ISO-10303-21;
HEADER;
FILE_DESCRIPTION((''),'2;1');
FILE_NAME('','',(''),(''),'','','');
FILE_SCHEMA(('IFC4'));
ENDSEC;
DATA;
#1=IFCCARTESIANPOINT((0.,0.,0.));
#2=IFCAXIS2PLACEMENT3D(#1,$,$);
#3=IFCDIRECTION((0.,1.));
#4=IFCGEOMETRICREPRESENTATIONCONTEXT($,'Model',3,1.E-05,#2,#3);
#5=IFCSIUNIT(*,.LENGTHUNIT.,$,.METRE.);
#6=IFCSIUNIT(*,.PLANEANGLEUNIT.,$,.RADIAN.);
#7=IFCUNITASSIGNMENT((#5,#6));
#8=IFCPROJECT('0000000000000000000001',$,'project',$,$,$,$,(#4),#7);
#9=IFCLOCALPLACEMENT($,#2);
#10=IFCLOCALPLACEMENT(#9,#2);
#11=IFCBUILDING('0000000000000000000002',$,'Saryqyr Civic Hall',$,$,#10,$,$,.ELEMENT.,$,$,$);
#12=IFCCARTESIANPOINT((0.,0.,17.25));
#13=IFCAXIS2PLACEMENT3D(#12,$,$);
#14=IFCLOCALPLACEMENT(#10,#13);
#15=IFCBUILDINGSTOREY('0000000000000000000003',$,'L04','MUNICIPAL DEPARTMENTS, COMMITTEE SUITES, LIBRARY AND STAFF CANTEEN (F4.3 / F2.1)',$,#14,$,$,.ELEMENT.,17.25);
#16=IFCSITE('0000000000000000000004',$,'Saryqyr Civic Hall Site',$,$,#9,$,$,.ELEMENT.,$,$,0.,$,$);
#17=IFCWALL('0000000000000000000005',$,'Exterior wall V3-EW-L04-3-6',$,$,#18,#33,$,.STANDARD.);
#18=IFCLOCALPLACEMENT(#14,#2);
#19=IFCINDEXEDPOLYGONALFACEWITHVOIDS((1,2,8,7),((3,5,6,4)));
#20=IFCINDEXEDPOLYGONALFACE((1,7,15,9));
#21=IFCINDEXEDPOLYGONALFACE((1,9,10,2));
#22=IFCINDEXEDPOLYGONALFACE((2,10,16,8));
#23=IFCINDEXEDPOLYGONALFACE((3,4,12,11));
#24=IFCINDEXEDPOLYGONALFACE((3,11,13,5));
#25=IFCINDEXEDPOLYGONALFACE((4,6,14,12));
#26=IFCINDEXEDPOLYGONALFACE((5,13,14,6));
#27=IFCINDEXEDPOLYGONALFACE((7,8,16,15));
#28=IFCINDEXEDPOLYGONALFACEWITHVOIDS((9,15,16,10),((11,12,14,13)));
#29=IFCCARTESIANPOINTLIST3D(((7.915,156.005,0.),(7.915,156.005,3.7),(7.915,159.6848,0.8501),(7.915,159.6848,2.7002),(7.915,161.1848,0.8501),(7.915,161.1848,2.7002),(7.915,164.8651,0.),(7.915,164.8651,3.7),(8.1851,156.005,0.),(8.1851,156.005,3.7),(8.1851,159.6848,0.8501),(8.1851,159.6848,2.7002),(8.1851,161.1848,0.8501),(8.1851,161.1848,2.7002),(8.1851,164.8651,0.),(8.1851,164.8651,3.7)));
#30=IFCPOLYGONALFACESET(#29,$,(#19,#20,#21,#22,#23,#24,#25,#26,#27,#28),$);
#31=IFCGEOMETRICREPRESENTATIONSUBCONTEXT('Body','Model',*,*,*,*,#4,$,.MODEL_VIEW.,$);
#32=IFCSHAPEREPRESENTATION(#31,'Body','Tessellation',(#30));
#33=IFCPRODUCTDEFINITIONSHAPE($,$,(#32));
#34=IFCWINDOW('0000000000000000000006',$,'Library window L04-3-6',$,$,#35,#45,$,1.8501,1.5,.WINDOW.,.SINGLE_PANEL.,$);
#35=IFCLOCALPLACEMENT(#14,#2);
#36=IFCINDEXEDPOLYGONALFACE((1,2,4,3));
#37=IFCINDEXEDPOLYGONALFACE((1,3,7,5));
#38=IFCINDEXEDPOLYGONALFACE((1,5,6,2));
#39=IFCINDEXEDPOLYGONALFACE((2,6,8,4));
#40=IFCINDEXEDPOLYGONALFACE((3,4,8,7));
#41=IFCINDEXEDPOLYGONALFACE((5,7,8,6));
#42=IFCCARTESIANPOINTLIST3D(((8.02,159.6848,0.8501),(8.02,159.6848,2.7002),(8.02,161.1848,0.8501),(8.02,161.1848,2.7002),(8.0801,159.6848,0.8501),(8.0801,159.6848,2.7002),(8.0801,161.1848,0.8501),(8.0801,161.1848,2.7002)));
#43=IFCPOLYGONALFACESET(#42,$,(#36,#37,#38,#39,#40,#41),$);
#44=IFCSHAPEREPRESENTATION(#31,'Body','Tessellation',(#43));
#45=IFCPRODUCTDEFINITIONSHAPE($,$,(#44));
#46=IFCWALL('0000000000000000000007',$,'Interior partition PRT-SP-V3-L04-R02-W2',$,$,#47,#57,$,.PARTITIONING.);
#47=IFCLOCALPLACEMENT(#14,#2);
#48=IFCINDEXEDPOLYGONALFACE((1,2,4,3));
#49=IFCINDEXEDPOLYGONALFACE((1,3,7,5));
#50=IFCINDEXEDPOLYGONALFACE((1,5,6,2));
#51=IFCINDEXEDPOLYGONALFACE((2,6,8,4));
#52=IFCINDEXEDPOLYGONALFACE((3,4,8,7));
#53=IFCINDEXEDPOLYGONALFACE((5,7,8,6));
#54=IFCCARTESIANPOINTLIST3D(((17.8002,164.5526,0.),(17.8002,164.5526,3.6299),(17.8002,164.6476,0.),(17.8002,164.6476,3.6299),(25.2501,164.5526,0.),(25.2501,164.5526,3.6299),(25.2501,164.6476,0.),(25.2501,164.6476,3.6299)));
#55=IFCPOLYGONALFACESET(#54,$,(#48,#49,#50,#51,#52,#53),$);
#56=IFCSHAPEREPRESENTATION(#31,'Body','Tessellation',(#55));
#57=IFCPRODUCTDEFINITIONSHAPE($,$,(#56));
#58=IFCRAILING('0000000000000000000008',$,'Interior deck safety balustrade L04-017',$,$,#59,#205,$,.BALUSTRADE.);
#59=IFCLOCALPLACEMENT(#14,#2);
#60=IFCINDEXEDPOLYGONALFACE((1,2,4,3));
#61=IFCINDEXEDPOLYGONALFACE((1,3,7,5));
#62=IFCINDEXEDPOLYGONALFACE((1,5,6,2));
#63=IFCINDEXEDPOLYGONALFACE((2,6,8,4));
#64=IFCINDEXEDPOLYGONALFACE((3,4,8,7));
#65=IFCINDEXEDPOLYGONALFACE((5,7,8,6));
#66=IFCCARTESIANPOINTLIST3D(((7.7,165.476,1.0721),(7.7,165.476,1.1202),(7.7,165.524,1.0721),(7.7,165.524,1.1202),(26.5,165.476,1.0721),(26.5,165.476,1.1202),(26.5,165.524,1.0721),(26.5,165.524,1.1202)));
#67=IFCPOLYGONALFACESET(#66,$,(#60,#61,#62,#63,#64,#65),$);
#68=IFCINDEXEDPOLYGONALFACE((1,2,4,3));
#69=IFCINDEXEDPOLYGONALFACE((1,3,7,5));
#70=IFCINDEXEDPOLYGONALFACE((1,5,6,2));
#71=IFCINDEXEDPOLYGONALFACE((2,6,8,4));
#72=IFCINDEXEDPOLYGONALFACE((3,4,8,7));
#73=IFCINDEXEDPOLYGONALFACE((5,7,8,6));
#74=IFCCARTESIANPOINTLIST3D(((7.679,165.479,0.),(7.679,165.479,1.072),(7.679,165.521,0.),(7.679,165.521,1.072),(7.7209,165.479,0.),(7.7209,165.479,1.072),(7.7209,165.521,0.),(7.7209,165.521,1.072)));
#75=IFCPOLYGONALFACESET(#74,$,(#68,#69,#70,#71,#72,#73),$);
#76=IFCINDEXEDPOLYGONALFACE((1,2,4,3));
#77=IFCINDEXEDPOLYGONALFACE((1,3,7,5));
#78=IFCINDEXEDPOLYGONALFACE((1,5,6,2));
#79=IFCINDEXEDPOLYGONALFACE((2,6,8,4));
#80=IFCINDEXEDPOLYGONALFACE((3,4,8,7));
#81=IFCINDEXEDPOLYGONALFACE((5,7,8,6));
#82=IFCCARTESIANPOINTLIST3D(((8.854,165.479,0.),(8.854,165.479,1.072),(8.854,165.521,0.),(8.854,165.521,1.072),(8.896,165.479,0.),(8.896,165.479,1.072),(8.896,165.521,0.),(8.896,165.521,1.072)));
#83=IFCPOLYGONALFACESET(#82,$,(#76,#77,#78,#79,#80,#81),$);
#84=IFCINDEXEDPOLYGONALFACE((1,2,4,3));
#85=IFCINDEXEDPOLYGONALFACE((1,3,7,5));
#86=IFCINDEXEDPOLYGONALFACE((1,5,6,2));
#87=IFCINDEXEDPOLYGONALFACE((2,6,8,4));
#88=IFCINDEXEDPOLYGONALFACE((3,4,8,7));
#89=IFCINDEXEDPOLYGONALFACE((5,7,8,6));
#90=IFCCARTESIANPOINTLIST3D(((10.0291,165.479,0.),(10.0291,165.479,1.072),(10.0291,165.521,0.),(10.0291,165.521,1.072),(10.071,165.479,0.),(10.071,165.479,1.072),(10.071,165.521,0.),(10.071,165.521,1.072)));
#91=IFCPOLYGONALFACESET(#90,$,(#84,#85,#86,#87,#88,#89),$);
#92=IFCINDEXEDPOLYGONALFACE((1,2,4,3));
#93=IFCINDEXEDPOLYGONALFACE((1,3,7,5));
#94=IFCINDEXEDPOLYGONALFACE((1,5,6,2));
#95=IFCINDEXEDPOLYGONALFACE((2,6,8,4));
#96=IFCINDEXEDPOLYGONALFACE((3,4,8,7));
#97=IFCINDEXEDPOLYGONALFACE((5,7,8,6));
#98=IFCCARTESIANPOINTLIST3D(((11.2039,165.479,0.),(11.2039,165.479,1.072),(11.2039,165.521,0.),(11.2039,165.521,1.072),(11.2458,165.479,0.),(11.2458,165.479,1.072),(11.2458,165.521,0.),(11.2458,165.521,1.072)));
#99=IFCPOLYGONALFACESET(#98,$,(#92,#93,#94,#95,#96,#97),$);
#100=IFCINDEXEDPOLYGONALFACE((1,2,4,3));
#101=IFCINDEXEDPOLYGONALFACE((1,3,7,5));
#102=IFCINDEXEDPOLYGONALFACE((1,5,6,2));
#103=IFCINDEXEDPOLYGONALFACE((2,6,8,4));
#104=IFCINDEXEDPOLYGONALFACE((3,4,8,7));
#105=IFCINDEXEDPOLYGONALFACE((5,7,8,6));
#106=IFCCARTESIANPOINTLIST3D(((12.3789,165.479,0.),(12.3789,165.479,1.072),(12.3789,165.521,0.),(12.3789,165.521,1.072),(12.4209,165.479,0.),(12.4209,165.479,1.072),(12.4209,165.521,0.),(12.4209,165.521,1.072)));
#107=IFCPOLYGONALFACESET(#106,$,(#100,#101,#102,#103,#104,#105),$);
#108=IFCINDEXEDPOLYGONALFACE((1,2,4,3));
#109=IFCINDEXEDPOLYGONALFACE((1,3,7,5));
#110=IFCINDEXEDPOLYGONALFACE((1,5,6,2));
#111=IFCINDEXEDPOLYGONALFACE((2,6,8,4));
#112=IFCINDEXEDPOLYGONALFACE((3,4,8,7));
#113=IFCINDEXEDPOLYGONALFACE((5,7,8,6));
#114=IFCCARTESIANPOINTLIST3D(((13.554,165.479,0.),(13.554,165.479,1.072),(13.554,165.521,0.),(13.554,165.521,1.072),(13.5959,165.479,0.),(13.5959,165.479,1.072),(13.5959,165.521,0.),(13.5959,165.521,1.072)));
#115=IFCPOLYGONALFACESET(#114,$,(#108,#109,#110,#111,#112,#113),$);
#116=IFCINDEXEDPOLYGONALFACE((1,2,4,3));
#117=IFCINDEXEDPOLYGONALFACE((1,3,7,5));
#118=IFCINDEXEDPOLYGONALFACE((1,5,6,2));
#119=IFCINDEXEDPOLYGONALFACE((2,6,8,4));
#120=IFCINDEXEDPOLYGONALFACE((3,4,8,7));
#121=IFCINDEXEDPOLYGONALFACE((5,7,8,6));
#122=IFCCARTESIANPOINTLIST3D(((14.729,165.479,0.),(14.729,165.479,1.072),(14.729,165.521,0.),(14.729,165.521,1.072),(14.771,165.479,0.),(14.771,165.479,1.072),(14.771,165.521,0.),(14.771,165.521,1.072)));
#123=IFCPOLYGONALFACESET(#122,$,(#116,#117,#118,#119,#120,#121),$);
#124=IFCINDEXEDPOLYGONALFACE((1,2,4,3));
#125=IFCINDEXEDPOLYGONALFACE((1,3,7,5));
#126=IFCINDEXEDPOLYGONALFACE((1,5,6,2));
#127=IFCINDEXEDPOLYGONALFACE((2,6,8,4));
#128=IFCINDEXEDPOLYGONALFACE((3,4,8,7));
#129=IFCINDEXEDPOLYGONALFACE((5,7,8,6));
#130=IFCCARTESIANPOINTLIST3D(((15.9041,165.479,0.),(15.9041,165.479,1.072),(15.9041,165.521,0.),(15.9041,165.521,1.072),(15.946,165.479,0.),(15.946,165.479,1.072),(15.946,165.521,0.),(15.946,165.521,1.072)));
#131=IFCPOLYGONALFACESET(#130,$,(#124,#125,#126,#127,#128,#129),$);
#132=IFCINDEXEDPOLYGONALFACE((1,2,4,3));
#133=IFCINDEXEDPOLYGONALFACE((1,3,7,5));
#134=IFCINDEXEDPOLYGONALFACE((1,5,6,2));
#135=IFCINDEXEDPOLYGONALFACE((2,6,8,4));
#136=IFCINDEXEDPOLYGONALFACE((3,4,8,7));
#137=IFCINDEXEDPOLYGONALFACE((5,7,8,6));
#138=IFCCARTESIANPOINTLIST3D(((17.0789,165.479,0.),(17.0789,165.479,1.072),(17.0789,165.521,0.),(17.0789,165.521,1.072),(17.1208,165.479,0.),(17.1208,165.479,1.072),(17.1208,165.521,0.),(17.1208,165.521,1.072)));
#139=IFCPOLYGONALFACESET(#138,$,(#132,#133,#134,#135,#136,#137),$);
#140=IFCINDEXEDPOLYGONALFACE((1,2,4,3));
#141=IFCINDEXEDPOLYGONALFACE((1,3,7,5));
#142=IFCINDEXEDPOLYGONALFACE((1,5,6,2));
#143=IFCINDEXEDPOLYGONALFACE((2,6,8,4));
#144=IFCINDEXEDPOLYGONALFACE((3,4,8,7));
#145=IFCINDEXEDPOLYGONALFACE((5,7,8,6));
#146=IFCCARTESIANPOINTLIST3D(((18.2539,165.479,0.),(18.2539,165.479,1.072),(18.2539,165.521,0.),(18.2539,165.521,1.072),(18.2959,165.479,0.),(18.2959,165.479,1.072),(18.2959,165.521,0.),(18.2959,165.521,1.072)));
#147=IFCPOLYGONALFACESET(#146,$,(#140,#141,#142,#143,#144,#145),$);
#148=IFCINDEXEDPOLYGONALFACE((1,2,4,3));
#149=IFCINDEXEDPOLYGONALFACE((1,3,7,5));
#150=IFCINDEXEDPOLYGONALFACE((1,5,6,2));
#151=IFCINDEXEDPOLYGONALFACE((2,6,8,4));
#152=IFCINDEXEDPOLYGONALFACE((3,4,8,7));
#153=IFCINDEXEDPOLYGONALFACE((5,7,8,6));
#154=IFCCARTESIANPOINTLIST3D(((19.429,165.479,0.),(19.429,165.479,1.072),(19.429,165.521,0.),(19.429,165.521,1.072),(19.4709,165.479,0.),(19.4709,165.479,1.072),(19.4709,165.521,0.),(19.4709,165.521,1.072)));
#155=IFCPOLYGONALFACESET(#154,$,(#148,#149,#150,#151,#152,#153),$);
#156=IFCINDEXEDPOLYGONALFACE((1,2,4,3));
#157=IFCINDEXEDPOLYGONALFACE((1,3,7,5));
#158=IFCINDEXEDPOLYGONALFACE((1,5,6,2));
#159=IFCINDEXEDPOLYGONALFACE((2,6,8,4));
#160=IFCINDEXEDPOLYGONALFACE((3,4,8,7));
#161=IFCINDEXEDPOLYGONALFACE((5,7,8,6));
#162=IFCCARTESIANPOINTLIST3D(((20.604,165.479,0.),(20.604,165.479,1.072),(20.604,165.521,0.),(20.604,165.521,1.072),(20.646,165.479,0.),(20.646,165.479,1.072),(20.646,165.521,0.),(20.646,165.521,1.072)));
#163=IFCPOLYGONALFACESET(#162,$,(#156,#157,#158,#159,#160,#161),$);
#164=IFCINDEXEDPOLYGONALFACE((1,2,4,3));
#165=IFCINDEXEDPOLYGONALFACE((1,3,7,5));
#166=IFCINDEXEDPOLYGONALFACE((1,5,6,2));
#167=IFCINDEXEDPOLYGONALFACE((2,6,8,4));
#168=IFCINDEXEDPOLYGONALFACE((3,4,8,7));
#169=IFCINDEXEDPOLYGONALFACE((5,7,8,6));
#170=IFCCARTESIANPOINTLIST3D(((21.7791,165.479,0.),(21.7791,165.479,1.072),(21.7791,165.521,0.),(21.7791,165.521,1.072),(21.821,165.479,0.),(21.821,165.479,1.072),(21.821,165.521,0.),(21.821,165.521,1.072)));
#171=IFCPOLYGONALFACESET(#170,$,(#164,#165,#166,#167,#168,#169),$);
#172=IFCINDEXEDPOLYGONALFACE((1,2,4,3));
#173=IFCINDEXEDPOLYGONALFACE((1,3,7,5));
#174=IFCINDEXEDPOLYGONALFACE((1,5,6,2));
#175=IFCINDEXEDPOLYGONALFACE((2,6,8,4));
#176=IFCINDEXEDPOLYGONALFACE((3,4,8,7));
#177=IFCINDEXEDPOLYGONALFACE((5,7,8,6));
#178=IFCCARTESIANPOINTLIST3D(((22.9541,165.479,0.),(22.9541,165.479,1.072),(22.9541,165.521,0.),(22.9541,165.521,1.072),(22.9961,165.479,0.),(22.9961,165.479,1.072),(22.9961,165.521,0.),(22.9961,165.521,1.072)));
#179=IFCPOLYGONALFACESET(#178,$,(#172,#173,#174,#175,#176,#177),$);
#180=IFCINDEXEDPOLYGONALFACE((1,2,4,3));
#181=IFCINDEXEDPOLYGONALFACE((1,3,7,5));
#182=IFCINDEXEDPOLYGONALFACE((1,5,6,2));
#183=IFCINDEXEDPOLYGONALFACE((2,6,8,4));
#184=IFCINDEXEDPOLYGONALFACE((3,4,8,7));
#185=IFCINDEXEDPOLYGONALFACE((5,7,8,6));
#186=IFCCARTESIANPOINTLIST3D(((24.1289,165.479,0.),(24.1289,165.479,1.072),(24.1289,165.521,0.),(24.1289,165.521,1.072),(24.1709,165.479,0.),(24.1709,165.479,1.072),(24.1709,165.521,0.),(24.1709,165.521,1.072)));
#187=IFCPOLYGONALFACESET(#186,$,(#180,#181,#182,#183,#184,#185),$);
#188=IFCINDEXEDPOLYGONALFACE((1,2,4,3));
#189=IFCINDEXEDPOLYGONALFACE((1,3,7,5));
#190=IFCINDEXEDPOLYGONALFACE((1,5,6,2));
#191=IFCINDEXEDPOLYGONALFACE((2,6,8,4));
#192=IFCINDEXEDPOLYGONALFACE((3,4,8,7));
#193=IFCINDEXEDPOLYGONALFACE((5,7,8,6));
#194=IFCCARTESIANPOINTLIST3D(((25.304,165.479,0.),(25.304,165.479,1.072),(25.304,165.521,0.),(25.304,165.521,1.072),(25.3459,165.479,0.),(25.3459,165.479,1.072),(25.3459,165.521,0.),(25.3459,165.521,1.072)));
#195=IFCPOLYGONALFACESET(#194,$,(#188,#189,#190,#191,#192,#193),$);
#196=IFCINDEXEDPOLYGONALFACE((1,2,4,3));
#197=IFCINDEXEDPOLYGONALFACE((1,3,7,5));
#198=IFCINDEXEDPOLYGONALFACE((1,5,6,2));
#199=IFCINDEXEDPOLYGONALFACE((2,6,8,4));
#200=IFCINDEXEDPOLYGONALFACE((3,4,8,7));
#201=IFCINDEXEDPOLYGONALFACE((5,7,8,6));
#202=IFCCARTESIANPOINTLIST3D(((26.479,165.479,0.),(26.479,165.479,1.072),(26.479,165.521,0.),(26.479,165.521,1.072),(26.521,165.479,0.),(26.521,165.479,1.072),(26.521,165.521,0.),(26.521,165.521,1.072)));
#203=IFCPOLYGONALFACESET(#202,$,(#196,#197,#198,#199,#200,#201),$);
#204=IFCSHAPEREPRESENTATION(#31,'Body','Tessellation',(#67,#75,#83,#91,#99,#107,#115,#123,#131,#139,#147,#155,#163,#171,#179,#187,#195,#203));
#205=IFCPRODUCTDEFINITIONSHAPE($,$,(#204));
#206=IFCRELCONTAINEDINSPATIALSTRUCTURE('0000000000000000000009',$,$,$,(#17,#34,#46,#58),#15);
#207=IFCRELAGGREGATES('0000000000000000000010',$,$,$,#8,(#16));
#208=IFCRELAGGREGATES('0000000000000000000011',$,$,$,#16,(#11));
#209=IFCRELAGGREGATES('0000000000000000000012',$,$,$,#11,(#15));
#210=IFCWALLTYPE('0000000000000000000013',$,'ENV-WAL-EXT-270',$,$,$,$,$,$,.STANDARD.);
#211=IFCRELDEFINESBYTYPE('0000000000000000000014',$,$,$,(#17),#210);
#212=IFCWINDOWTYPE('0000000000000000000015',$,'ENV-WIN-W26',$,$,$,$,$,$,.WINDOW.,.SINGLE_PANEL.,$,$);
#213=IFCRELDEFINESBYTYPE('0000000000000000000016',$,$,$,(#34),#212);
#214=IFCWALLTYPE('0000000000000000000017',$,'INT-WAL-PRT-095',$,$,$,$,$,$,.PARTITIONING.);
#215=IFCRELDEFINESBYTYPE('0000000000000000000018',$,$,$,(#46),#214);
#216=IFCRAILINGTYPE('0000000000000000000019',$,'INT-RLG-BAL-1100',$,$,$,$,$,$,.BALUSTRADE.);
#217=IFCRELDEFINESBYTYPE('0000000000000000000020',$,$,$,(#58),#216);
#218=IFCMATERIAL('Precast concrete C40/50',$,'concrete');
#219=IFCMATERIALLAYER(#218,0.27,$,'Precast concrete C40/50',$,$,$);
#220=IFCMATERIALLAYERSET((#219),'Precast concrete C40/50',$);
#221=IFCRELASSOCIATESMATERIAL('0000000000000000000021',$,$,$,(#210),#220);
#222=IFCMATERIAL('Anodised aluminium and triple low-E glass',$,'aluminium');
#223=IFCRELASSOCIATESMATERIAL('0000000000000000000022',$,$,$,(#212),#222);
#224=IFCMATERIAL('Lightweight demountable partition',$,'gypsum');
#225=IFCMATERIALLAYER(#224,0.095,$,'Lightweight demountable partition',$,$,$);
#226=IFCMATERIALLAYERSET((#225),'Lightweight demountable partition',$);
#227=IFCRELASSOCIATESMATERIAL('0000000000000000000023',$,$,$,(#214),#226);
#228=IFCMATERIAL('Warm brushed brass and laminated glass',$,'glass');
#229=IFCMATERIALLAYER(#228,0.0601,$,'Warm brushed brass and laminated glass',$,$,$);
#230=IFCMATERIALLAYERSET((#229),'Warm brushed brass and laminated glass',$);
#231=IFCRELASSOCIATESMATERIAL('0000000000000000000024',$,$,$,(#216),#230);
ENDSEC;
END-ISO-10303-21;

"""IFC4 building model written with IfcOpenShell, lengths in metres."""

from ifc_helpers import new_model, si_unit, direction, frame, frame_2d, origin, origin_2d, place, context, subcontext, project, spatial, rectangle, extrude, material, layer, layer_set, type_object, element, fill, save


model = new_model("IFC4")

# Units and contexts
model_context = context("Model", 3, precision=1e-05, world=origin(), true_north=direction((0.0, 1.0)))
body_context = subcontext(model_context, "Body", "Model", "MODEL_VIEW")
ifc_project = project(units=[si_unit("LENGTHUNIT", "METRE"), si_unit("PLANEANGLEUNIT", "RADIAN")], contexts=[model_context])

# Site, building, storey
site_placement = place(None, origin())
site = spatial("IfcSite", under=ifc_project, at=site_placement, Name="Saryqyr Civic Hall Site", CompositionType="ELEMENT", RefElevation=0.0)
building_placement = place(site_placement, origin())
building = spatial("IfcBuilding", under=site, at=building_placement, Name="Saryqyr Civic Hall", CompositionType="ELEMENT")
storey_placement = place(building_placement, frame((0.0, 0.0, 17.25)))
storey = spatial("IfcBuildingStorey", under=building, at=storey_placement, Name="L04", Description="MUNICIPAL DEPARTMENTS, COMMITTEE SUITES, LIBRARY AND STAFF CANTEEN (F4.3 / F2.1)", CompositionType="ELEMENT", Elevation=17.25)

# Shared definitions
ifc_material_1 = material(Name="Anodised aluminium and triple low-E glass", Category="aluminium")

# Wall, opening, window
ifc_material_2 = material(Name="Precast concrete C40/50", Category="concrete")
ifc_layer_1 = layer(ifc_material_2, 0.27, Name="Precast concrete C40/50")
ifc_layer_set_1 = layer_set([ifc_layer_1], Name="Precast concrete C40/50")
wall_type_1 = type_object("IfcWallType", Name="ENV-WAL-EXT-270", PredefinedType="STANDARD", material=ifc_layer_set_1)
wall_1_placement = place(storey_placement, frame((8.05, 156.0049, 0.0), z_axis=(0.0, 0.0, 1.0), x_axis=(0.0, 1.0, 0.0)))
wall_1 = element("IfcWall", 1, at=wall_1_placement, inside=storey, type_object=wall_type_1, Name="Exterior wall V3-EW-L04-3-6", PredefinedType="STANDARD", context=body_context, shape_type="SweptSolid", body=[
    extrude(rectangle(XDim=8.8601, YDim=0.27, at=frame_2d((4.4302, 0.0))), origin(), (0.0, 0.0, 1.0), 3.7),
])
opening_1_placement = place(wall_1_placement, frame((3.6799, 0.0, 0.8501)))
opening_1 = element("IfcOpeningElement", 2, at=opening_1_placement, cuts=wall_1, PredefinedType="OPENING", context=body_context, shape_type="SweptSolid", body=[
    extrude(rectangle(XDim=1.5, YDim=1.8501, at=frame_2d((0.75, 0.925))), frame((0.0, 0.145, 0.0), z_axis=(0.0, -1.0, 0.0), x_axis=(1.0, 0.0, 0.0)), (0.0, 0.0, 1.0), 0.29),
])
window_type_1 = type_object("IfcWindowType", Name="ENV-WIN-W26", PartitioningType="SINGLE_PANEL", PredefinedType="WINDOW", material=ifc_material_1)
window_1_placement = place(opening_1_placement, origin())
window_1 = element("IfcWindow", 3, at=window_1_placement, inside=storey, type_object=window_type_1, Name="Library window L04-3-6", OverallHeight=1.8501, OverallWidth=1.5, PartitioningType="SINGLE_PANEL", PredefinedType="WINDOW", context=body_context, shape_type="SweptSolid", body=[
    extrude(rectangle(XDim=1.5, YDim=1.8501, at=frame_2d((0.75, 0.925))), frame((0.0, 0.03, 0.0), z_axis=(0.0, -1.0, 0.0), x_axis=(1.0, 0.0, 0.0)), (0.0, 0.0, 1.0), 0.0601),
])
fill(opening_1, window_1)

# Wall
ifc_material_3 = material(Name="Lightweight demountable partition", Category="gypsum")
ifc_layer_2 = layer(ifc_material_3, 0.095, Name="Lightweight demountable partition")
ifc_layer_set_2 = layer_set([ifc_layer_2], Name="Lightweight demountable partition")
wall_type_2 = type_object("IfcWallType", Name="INT-WAL-PRT-095", PredefinedType="PARTITIONING", material=ifc_layer_set_2)
wall_2_placement = place(storey_placement, frame((17.8, 164.6001, 0.0), z_axis=(0.0, 0.0, 1.0), x_axis=(1.0, 0.0, 0.0)))
element("IfcWall", 4, at=wall_2_placement, inside=storey, type_object=wall_type_2, Name="Interior partition PRT-SP-V3-L04-R02-W2", PredefinedType="PARTITIONING", context=body_context, shape_type="SweptSolid", body=[
    extrude(rectangle(XDim=7.45, YDim=0.095, at=frame_2d((3.7251, 0.0))), origin(), (0.0, 0.0, 1.0), 3.6299),
])

# Railing
ifc_material_4 = material(Name="Warm brushed brass and laminated glass", Category="glass")
ifc_layer_3 = layer(ifc_material_4, 0.0601, Name="Warm brushed brass and laminated glass")
ifc_layer_set_3 = layer_set([ifc_layer_3], Name="Warm brushed brass and laminated glass")
railing_type = type_object("IfcRailingType", Name="INT-RLG-BAL-1100", PredefinedType="BALUSTRADE", material=ifc_layer_set_3)
railing_placement = place(storey_placement, frame((7.7, 165.5, 0.0)))
element("IfcRailing", 5, at=railing_placement, inside=storey, type_object=railing_type, Name="Interior deck safety balustrade L04-017", PredefinedType="BALUSTRADE", context=body_context, shape_type="SweptSolid", body=[
    extrude(rectangle(XDim=0.0481, YDim=0.0481, at=origin_2d()), frame((0.0, 0.0, 1.0962), z_axis=(1.0, 0.0, 0.0), x_axis=(0.0, 1.0, 0.0)), (0.0, 0.0, 1.0), 18.8),
    extrude(rectangle(XDim=0.042, YDim=0.042, at=origin_2d()), origin(), (0.0, 0.0, 1.0), 1.072),
    extrude(rectangle(XDim=0.042, YDim=0.042, at=origin_2d()), frame((1.175, 0.0, 0.0)), (0.0, 0.0, 1.0), 1.072),
    extrude(rectangle(XDim=0.042, YDim=0.042, at=origin_2d()), frame((2.3501, 0.0, 0.0)), (0.0, 0.0, 1.0), 1.072),
    extrude(rectangle(XDim=0.042, YDim=0.042, at=origin_2d()), frame((3.5249, 0.0, 0.0)), (0.0, 0.0, 1.0), 1.072),
    extrude(rectangle(XDim=0.042, YDim=0.042, at=origin_2d()), frame((4.7, 0.0, 0.0)), (0.0, 0.0, 1.0), 1.072),
    extrude(rectangle(XDim=0.042, YDim=0.042, at=origin_2d()), frame((5.875, 0.0, 0.0)), (0.0, 0.0, 1.0), 1.072),
    extrude(rectangle(XDim=0.042, YDim=0.042, at=origin_2d()), frame((7.05, 0.0, 0.0)), (0.0, 0.0, 1.0), 1.072),
    extrude(rectangle(XDim=0.042, YDim=0.042, at=origin_2d()), frame((8.2251, 0.0, 0.0)), (0.0, 0.0, 1.0), 1.072),
    extrude(rectangle(XDim=0.042, YDim=0.042, at=origin_2d()), frame((9.3999, 0.0, 0.0)), (0.0, 0.0, 1.0), 1.072),
    extrude(rectangle(XDim=0.042, YDim=0.042, at=origin_2d()), frame((10.575, 0.0, 0.0)), (0.0, 0.0, 1.0), 1.072),
    extrude(rectangle(XDim=0.042, YDim=0.042, at=origin_2d()), frame((11.75, 0.0, 0.0)), (0.0, 0.0, 1.0), 1.072),
    extrude(rectangle(XDim=0.042, YDim=0.042, at=origin_2d()), frame((12.925, 0.0, 0.0)), (0.0, 0.0, 1.0), 1.072),
    extrude(rectangle(XDim=0.042, YDim=0.042, at=origin_2d()), frame((14.1001, 0.0, 0.0)), (0.0, 0.0, 1.0), 1.072),
    extrude(rectangle(XDim=0.042, YDim=0.042, at=origin_2d()), frame((15.2751, 0.0, 0.0)), (0.0, 0.0, 1.0), 1.072),
    extrude(rectangle(XDim=0.042, YDim=0.042, at=origin_2d()), frame((16.45, 0.0, 0.0)), (0.0, 0.0, 1.0), 1.072),
    extrude(rectangle(XDim=0.042, YDim=0.042, at=origin_2d()), frame((17.625, 0.0, 0.0)), (0.0, 0.0, 1.0), 1.072),
    extrude(rectangle(XDim=0.042, YDim=0.042, at=origin_2d()), frame((18.8, 0.0, 0.0)), (0.0, 0.0, 1.0), 1.072),
])

save(model, "model.ifc")
